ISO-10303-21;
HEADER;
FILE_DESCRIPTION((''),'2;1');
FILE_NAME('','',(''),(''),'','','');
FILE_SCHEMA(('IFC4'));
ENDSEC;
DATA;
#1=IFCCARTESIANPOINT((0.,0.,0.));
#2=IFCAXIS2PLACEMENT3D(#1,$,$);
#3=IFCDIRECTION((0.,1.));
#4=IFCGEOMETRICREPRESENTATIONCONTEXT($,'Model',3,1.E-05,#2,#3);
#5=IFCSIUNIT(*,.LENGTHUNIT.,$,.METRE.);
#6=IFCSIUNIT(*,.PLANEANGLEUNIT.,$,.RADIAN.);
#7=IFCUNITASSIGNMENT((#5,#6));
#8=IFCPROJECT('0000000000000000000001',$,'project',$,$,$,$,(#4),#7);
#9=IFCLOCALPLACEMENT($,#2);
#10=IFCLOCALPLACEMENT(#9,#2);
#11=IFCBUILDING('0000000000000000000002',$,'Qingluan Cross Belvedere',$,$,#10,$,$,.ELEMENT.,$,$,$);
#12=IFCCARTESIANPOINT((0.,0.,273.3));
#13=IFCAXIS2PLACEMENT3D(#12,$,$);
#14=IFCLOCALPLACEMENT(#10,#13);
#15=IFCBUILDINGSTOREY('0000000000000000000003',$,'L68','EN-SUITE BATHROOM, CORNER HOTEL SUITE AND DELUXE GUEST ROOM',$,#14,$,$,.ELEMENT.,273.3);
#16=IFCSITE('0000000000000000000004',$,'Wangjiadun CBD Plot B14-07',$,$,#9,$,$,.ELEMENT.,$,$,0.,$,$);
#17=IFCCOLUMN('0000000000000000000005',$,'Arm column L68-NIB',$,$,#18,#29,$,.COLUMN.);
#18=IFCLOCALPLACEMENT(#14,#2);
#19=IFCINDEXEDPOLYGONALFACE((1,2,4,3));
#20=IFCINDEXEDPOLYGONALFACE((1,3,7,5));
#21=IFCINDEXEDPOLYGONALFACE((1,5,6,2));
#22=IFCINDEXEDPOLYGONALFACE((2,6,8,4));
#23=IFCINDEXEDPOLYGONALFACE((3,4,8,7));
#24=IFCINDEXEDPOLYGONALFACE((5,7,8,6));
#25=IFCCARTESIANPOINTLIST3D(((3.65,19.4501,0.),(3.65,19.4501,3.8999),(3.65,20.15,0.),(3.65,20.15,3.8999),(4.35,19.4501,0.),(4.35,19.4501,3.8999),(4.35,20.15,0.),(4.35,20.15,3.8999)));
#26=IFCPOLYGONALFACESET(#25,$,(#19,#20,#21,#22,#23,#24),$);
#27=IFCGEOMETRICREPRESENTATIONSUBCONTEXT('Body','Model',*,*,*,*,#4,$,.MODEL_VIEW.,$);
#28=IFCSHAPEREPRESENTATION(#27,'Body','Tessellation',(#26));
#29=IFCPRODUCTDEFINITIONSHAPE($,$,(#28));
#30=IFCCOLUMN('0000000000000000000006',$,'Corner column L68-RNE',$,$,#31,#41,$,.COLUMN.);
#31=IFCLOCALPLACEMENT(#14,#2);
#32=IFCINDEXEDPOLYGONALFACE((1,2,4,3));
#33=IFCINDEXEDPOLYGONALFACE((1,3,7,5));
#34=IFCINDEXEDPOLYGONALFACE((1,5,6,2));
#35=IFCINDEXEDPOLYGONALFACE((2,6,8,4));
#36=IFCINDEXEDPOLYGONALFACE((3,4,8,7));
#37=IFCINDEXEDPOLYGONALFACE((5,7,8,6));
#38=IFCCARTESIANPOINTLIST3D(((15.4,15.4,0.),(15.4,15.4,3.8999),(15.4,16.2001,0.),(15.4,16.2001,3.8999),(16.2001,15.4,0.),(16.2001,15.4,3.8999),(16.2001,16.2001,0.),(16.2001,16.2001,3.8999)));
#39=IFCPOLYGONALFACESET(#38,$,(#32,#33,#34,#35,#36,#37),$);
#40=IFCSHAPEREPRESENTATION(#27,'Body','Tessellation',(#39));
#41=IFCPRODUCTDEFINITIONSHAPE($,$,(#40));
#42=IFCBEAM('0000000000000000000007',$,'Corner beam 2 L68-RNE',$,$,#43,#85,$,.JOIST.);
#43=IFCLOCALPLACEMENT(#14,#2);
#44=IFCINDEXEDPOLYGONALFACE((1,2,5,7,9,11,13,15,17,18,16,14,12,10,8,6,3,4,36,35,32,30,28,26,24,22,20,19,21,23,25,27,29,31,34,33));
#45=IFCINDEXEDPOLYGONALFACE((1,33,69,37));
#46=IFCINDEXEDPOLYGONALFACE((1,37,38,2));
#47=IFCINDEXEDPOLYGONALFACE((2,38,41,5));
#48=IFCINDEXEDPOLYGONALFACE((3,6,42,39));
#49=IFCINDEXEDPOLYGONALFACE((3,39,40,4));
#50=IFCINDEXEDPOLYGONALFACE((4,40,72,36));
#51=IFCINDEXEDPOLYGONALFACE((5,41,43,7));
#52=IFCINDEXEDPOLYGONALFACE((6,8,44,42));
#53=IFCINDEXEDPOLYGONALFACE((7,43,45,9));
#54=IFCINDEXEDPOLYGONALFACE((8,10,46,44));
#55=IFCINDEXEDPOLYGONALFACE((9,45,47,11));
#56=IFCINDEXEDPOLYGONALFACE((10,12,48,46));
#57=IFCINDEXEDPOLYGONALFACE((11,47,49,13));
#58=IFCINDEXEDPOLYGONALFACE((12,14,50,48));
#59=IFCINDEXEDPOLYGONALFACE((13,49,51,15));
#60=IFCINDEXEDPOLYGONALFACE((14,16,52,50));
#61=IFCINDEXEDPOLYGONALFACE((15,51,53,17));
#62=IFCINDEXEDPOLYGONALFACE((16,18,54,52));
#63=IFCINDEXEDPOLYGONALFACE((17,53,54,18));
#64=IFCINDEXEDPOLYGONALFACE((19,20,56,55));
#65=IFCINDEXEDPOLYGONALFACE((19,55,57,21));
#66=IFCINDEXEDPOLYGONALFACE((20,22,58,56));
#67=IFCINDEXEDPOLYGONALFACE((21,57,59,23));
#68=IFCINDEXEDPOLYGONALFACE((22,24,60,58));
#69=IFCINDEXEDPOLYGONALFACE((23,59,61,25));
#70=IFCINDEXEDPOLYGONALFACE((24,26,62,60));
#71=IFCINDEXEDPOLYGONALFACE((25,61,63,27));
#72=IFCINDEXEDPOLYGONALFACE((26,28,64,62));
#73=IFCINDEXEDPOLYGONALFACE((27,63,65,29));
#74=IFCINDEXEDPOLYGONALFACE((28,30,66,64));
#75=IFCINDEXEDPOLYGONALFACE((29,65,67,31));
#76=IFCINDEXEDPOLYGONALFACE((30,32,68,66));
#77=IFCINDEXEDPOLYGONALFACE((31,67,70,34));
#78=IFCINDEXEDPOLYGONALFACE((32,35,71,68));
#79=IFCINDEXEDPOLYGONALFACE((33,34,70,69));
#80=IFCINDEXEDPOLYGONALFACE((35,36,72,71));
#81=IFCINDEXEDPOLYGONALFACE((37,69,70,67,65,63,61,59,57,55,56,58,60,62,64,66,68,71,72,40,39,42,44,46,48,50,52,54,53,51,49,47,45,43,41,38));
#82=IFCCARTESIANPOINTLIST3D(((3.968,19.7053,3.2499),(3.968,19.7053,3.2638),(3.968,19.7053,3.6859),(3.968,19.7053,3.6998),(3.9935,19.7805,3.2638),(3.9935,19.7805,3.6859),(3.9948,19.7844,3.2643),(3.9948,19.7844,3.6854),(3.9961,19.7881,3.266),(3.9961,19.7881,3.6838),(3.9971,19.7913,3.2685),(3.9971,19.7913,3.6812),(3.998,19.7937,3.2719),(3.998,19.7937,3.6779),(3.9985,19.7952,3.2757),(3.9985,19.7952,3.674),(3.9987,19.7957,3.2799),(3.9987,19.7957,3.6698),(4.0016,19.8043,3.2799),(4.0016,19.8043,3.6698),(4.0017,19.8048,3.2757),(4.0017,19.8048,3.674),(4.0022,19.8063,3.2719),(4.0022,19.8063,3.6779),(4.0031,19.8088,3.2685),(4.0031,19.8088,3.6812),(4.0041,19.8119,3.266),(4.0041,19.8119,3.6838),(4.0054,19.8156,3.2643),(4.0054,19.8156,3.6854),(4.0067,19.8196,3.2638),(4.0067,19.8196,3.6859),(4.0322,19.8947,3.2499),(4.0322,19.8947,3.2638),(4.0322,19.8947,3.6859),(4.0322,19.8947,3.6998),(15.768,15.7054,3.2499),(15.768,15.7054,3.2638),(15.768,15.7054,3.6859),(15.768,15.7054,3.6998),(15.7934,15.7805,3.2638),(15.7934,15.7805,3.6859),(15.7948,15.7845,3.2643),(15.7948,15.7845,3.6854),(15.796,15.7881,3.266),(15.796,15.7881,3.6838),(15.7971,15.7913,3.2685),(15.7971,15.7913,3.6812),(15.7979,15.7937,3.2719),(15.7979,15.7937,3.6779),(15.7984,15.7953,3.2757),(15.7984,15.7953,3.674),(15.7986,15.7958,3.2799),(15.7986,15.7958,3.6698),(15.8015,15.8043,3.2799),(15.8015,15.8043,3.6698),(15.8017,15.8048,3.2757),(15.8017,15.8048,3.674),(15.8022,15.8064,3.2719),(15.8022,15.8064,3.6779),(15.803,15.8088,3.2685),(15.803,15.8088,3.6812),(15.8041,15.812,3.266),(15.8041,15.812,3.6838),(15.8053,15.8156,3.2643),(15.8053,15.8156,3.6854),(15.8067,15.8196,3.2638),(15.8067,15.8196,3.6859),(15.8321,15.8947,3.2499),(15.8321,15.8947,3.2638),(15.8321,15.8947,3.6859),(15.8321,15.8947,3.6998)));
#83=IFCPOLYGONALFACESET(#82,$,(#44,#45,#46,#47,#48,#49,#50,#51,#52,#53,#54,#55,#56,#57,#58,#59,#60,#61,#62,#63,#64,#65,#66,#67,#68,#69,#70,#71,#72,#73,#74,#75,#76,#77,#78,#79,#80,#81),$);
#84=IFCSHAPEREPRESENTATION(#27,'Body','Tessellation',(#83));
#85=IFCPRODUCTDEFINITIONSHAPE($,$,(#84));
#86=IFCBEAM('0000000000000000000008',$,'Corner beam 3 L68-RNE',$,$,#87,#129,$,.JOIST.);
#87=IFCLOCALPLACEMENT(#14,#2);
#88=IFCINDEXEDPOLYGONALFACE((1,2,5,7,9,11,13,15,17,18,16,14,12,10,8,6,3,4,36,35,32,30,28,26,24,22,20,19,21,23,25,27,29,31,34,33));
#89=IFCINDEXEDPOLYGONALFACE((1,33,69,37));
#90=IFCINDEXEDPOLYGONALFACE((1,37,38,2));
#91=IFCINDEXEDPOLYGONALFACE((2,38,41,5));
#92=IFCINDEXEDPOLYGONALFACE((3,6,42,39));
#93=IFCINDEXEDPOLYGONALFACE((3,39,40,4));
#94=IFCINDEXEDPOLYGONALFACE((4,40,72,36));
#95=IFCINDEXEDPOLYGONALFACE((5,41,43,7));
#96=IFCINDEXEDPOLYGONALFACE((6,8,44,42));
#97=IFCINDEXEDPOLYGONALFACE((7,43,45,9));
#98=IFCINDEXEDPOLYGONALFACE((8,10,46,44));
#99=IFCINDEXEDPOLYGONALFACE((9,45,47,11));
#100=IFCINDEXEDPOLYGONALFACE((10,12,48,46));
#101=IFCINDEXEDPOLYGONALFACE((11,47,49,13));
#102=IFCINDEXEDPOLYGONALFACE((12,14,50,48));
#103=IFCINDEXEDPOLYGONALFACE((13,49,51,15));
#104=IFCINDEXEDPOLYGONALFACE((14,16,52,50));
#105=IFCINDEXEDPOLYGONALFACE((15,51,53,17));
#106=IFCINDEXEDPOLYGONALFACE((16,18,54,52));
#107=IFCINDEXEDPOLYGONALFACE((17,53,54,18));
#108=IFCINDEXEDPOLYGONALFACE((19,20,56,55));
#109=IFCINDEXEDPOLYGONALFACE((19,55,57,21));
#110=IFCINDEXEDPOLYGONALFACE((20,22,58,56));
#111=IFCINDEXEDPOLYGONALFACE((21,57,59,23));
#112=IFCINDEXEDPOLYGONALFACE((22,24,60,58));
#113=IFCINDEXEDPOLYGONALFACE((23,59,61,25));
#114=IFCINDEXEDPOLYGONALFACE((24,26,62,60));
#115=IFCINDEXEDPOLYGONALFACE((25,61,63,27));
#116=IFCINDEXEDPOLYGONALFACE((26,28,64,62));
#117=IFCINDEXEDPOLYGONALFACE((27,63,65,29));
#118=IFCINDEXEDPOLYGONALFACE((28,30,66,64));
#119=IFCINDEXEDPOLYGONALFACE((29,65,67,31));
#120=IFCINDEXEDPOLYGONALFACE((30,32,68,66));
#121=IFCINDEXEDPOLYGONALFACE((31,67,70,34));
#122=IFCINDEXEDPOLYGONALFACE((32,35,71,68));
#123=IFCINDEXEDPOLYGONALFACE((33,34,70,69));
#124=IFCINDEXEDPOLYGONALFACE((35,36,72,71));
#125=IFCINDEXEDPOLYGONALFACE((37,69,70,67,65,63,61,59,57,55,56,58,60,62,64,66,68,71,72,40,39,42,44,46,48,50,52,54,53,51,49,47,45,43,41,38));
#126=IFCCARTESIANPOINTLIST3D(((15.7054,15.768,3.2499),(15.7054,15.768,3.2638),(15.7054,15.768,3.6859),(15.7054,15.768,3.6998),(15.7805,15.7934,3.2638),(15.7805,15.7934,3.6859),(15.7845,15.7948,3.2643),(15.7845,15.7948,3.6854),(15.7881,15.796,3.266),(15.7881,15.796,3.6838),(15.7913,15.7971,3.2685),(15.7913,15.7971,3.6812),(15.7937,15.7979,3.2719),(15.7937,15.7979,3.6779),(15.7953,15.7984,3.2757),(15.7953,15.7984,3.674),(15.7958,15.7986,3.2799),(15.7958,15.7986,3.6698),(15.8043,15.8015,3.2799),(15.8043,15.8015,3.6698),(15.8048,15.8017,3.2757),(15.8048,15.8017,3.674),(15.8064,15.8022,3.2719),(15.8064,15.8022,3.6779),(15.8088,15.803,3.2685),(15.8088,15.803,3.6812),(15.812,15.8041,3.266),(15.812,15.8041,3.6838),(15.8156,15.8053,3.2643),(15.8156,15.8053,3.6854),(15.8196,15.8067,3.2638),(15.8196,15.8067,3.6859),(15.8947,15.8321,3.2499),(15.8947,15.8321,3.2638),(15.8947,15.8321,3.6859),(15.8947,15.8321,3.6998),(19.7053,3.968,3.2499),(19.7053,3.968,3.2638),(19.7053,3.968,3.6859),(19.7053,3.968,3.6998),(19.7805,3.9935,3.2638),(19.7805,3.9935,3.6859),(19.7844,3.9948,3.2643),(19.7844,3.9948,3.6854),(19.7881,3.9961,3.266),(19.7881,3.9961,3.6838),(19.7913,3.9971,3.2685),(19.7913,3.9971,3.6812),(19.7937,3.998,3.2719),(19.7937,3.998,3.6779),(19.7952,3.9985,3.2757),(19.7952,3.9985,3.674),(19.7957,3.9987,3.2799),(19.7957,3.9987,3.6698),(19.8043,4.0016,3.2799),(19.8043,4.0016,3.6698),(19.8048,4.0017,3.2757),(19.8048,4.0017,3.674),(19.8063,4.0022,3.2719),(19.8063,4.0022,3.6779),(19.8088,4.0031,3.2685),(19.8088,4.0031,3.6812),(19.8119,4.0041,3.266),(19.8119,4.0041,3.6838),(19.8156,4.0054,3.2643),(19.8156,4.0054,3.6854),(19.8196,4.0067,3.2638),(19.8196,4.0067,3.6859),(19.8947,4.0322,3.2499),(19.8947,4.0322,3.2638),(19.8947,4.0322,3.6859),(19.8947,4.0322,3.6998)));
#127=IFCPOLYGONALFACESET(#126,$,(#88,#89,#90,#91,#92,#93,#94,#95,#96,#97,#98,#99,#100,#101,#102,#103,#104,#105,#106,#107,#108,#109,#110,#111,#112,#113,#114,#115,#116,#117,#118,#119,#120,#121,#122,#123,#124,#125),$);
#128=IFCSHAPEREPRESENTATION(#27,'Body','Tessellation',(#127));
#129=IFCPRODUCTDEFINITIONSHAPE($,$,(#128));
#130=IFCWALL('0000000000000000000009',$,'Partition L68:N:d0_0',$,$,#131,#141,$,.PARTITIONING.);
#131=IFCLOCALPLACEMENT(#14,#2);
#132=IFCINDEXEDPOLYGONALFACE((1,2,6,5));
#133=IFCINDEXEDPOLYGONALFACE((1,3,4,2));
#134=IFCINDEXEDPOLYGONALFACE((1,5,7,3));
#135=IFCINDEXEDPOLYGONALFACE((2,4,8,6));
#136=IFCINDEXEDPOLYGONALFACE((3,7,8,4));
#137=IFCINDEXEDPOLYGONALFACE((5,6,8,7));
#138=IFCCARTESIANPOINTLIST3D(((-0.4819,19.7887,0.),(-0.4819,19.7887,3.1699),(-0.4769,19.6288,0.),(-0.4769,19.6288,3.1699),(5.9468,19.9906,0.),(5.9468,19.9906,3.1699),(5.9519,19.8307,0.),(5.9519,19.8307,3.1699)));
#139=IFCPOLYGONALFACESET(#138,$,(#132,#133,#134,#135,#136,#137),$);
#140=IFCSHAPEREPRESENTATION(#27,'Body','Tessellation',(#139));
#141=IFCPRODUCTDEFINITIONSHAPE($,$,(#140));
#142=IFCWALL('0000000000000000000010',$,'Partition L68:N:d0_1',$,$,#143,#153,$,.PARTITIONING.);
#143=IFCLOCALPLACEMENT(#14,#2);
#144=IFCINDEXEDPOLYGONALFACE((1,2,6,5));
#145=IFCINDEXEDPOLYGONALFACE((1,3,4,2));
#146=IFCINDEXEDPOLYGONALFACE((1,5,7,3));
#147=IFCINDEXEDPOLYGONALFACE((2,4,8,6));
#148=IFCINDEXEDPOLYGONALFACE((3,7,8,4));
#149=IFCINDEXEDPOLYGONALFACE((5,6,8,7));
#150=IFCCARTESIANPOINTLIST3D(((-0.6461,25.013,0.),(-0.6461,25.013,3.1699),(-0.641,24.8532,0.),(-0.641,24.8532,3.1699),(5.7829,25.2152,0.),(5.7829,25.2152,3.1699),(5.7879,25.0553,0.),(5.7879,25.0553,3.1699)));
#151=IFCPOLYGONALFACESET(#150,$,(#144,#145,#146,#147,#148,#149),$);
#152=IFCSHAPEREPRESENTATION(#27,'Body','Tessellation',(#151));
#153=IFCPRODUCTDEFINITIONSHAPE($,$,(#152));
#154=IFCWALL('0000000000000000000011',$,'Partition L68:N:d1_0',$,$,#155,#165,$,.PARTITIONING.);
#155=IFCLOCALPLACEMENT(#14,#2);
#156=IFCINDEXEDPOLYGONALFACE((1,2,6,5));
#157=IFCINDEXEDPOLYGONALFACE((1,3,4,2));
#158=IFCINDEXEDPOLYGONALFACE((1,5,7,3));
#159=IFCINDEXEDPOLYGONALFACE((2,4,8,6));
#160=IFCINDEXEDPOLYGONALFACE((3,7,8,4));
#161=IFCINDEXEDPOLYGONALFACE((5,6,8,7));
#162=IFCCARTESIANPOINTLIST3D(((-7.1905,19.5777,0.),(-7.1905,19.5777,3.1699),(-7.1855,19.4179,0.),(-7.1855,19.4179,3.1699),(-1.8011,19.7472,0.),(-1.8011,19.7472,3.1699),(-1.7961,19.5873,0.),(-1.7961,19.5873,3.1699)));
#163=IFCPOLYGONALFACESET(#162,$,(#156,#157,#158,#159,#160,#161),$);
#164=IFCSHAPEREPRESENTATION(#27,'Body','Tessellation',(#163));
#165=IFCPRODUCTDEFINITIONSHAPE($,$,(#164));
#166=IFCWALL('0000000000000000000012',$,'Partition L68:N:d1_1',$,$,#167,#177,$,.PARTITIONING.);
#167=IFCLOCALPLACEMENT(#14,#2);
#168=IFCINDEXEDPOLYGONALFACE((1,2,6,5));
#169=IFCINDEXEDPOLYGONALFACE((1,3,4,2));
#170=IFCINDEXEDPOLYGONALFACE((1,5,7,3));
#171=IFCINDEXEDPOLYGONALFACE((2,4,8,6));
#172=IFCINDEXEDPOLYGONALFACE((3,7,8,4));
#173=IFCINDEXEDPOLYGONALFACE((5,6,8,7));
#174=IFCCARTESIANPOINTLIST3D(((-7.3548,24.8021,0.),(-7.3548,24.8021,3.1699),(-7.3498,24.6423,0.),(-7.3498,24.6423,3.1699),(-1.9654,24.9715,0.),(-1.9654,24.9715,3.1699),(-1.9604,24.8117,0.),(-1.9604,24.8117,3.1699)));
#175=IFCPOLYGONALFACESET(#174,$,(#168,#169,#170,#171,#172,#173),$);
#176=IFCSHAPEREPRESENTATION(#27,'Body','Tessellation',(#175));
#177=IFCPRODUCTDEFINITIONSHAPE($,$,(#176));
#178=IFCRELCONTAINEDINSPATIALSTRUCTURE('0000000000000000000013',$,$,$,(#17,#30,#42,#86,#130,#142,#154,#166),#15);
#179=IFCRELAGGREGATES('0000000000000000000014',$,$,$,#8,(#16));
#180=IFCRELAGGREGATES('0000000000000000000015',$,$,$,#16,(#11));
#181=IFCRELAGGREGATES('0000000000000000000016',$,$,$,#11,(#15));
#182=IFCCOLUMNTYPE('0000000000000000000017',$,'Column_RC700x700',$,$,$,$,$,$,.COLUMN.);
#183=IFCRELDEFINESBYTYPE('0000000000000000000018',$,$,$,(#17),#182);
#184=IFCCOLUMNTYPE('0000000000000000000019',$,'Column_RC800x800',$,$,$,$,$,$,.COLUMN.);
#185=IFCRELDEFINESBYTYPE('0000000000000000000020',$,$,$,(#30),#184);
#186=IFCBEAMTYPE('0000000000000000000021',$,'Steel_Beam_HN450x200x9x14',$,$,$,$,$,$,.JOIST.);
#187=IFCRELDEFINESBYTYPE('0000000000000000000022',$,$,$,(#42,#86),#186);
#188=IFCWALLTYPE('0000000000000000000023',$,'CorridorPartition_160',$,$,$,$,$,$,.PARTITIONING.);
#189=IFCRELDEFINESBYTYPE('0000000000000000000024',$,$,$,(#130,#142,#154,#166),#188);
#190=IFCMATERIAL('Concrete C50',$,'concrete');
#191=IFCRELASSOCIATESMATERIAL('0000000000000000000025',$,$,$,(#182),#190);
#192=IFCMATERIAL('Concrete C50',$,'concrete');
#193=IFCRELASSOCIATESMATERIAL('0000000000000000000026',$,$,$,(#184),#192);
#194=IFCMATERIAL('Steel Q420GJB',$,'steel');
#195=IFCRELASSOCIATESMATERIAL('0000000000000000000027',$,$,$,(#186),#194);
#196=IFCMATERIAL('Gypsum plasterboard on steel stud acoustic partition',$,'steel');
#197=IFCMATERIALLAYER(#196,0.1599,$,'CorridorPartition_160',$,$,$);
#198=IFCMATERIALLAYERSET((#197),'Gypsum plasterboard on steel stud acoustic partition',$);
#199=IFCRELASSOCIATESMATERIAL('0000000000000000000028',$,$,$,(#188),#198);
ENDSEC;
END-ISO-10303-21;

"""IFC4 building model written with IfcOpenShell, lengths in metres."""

from ifc_helpers import new_model, si_unit, direction, frame, frame_2d, origin, origin_2d, place, context, subcontext, project, spatial, rectangle, i_section, extrude, material, layer, layer_set, material_profile, profile_set, type_object, element, save


model = new_model("IFC4")

# Units and contexts
model_context = context("Model", 3, precision=1e-05, world=origin(), true_north=direction((0.0, 1.0)))
body_context = subcontext(model_context, "Body", "Model", "MODEL_VIEW")
ifc_project = project(units=[si_unit("LENGTHUNIT", "METRE"), si_unit("PLANEANGLEUNIT", "RADIAN")], contexts=[model_context])

# Site, building, storey
site_placement = place(None, origin())
site = spatial("IfcSite", under=ifc_project, at=site_placement, Name="Wangjiadun CBD Plot B14-07", CompositionType="ELEMENT", RefElevation=0.0)
building_placement = place(site_placement, origin())
building = spatial("IfcBuilding", under=site, at=building_placement, Name="Qingluan Cross Belvedere", CompositionType="ELEMENT")
storey_placement = place(building_placement, frame((0.0, 0.0, 273.3)))
storey = spatial("IfcBuildingStorey", under=building, at=storey_placement, Name="L68", Description="EN-SUITE BATHROOM, CORNER HOTEL SUITE AND DELUXE GUEST ROOM", CompositionType="ELEMENT", Elevation=273.3)

# Columns
ifc_material_1 = material(Name="Concrete C50", Category="concrete")
ifc_material_profile_1 = material_profile(ifc_material_1, rectangle(XDim=0.7, YDim=0.7, at=origin_2d()), Name="RC700x700")
ifc_profile_set_1 = profile_set([ifc_material_profile_1], Name="Concrete C50")
column_type_1 = type_object("IfcColumnType", Name="Column_RC700x700", PredefinedType="COLUMN", material=ifc_profile_set_1)
column_1_placement = place(storey_placement, frame((4.0, 19.8, 0.0), z_axis=(0.0, 0.0, 1.0), x_axis=(1.0, 0.0, 0.0)))
element("IfcColumn", 1, at=column_1_placement, inside=storey, type_object=column_type_1, Name="Arm column L68-NIB", PredefinedType="COLUMN", context=body_context, shape_type="SweptSolid", body=[
    extrude(rectangle(XDim=0.7, YDim=0.7, at=origin_2d()), origin(), (0.0, 0.0, 1.0), 3.8999),
])
ifc_material_2 = material(Name="Concrete C50", Category="concrete")
ifc_material_profile_2 = material_profile(ifc_material_2, rectangle(XDim=0.8, YDim=0.8, at=origin_2d()), Name="RC800x800")
ifc_profile_set_2 = profile_set([ifc_material_profile_2], Name="Concrete C50")
column_type_2 = type_object("IfcColumnType", Name="Column_RC800x800", PredefinedType="COLUMN", material=ifc_profile_set_2)
column_2_placement = place(storey_placement, frame((15.8, 15.8, 0.0), z_axis=(0.0, 0.0, 1.0), x_axis=(1.0, 0.0, 0.0)))
element("IfcColumn", 2, at=column_2_placement, inside=storey, type_object=column_type_2, Name="Corner column L68-RNE", PredefinedType="COLUMN", context=body_context, shape_type="SweptSolid", body=[
    extrude(rectangle(XDim=0.8, YDim=0.8, at=origin_2d()), origin(), (0.0, 0.0, 1.0), 3.8999),
])

# Beams
ifc_material_3 = material(Name="Steel Q420GJB", Category="steel")
ifc_material_profile_3 = material_profile(ifc_material_3, i_section(OverallWidth=0.2, OverallDepth=0.45, WebThickness=0.009, FlangeThickness=0.0139, FilletRadius=0.0161, at=origin_2d()), Name="HN450x200x9x14")
ifc_profile_set_3 = profile_set([ifc_material_profile_3], Name="Steel Q420GJB")
beam_type = type_object("IfcBeamType", Name="Steel_Beam_HN450x200x9x14", PredefinedType="JOIST", material=ifc_profile_set_3)
for number, where, z_axis, x_axis, name in (
    (3, (15.8, 15.8, 3.4749), (-0.947066, 0.321038, 0.0), (-0.321038, -0.947066, 0.0), "Corner beam 2 L68-RNE"),
    (4, (15.8, 15.8, 3.4749), (0.321038, -0.947066, 0.0), (0.947066, 0.321038, 0.0), "Corner beam 3 L68-RNE"),
):
    element("IfcBeam", number, at=place(storey_placement, frame(where, z_axis=z_axis, x_axis=x_axis)), inside=storey, type_object=beam_type, Name=name, PredefinedType="JOIST", context=body_context, shape_type="SweptSolid", body=[
        extrude(i_section(OverallWidth=0.2, OverallDepth=0.45, WebThickness=0.009, FlangeThickness=0.0139, FilletRadius=0.0161, at=origin_2d()), origin(), (0.0, 0.0, 1.0), 12.4595),
    ])

# Walls
ifc_material_4 = material(Name="Gypsum plasterboard on steel stud acoustic partition", Category="steel")
ifc_layer_1 = layer(ifc_material_4, 0.1599, Name="CorridorPartition_160")
ifc_layer_set_1 = layer_set([ifc_layer_1], Name="Gypsum plasterboard on steel stud acoustic partition")
wall_type_1 = type_object("IfcWallType", Name="CorridorPartition_160", PredefinedType="PARTITIONING", material=ifc_layer_set_1)
wall_1_placement = place(storey_placement, frame((-0.4792, 19.7087, 0.0), z_axis=(0.0, 0.0, 1.0), x_axis=(0.999507, 0.031391, 0.0)))
element("IfcWall", 5, at=wall_1_placement, inside=storey, type_object=wall_type_1, Name="Partition L68:N:d0_0", PredefinedType="PARTITIONING", context=body_context, shape_type="SweptSolid", body=[
    extrude(rectangle(XDim=6.4319, YDim=0.1599, at=frame_2d((3.2158, 0.0))), origin(), (0.0, 0.0, 1.0), 3.1699),
])
wall_2_placement = place(storey_placement, frame((-0.6436, 24.9331, 0.0), z_axis=(0.0, 0.0, 1.0), x_axis=(0.999506, 0.031428, 0.0)))
element("IfcWall", 6, at=wall_2_placement, inside=storey, type_object=wall_type_1, Name="Partition L68:N:d0_1", PredefinedType="PARTITIONING", context=body_context, shape_type="SweptSolid", body=[
    extrude(rectangle(XDim=6.4321, YDim=0.1599, at=frame_2d((3.2161, 0.0))), origin(), (0.0, 0.0, 1.0), 3.1699),
])
for number, where, z_axis, x_axis, name in (
    (7, (-1.7986, 19.6672, 0.0), (0.0, 0.0, 1.0), (-0.999506, -0.031423, 0.0), "Partition L68:N:d1_0"),
    (8, (-1.9629, 24.8916, 0.0), (0.0, 0.0, 1.0), (-0.999506, -0.031423, 0.0), "Partition L68:N:d1_1"),
):
    element("IfcWall", number, at=place(storey_placement, frame(where, z_axis=z_axis, x_axis=x_axis)), inside=storey, type_object=wall_type_1, Name=name, PredefinedType="PARTITIONING", context=body_context, shape_type="SweptSolid", body=[
        extrude(rectangle(XDim=5.3921, YDim=0.1599, at=frame_2d((2.696, 0.0))), origin(), (0.0, 0.0, 1.0), 3.1699),
    ])

save(model, "model.ifc")
